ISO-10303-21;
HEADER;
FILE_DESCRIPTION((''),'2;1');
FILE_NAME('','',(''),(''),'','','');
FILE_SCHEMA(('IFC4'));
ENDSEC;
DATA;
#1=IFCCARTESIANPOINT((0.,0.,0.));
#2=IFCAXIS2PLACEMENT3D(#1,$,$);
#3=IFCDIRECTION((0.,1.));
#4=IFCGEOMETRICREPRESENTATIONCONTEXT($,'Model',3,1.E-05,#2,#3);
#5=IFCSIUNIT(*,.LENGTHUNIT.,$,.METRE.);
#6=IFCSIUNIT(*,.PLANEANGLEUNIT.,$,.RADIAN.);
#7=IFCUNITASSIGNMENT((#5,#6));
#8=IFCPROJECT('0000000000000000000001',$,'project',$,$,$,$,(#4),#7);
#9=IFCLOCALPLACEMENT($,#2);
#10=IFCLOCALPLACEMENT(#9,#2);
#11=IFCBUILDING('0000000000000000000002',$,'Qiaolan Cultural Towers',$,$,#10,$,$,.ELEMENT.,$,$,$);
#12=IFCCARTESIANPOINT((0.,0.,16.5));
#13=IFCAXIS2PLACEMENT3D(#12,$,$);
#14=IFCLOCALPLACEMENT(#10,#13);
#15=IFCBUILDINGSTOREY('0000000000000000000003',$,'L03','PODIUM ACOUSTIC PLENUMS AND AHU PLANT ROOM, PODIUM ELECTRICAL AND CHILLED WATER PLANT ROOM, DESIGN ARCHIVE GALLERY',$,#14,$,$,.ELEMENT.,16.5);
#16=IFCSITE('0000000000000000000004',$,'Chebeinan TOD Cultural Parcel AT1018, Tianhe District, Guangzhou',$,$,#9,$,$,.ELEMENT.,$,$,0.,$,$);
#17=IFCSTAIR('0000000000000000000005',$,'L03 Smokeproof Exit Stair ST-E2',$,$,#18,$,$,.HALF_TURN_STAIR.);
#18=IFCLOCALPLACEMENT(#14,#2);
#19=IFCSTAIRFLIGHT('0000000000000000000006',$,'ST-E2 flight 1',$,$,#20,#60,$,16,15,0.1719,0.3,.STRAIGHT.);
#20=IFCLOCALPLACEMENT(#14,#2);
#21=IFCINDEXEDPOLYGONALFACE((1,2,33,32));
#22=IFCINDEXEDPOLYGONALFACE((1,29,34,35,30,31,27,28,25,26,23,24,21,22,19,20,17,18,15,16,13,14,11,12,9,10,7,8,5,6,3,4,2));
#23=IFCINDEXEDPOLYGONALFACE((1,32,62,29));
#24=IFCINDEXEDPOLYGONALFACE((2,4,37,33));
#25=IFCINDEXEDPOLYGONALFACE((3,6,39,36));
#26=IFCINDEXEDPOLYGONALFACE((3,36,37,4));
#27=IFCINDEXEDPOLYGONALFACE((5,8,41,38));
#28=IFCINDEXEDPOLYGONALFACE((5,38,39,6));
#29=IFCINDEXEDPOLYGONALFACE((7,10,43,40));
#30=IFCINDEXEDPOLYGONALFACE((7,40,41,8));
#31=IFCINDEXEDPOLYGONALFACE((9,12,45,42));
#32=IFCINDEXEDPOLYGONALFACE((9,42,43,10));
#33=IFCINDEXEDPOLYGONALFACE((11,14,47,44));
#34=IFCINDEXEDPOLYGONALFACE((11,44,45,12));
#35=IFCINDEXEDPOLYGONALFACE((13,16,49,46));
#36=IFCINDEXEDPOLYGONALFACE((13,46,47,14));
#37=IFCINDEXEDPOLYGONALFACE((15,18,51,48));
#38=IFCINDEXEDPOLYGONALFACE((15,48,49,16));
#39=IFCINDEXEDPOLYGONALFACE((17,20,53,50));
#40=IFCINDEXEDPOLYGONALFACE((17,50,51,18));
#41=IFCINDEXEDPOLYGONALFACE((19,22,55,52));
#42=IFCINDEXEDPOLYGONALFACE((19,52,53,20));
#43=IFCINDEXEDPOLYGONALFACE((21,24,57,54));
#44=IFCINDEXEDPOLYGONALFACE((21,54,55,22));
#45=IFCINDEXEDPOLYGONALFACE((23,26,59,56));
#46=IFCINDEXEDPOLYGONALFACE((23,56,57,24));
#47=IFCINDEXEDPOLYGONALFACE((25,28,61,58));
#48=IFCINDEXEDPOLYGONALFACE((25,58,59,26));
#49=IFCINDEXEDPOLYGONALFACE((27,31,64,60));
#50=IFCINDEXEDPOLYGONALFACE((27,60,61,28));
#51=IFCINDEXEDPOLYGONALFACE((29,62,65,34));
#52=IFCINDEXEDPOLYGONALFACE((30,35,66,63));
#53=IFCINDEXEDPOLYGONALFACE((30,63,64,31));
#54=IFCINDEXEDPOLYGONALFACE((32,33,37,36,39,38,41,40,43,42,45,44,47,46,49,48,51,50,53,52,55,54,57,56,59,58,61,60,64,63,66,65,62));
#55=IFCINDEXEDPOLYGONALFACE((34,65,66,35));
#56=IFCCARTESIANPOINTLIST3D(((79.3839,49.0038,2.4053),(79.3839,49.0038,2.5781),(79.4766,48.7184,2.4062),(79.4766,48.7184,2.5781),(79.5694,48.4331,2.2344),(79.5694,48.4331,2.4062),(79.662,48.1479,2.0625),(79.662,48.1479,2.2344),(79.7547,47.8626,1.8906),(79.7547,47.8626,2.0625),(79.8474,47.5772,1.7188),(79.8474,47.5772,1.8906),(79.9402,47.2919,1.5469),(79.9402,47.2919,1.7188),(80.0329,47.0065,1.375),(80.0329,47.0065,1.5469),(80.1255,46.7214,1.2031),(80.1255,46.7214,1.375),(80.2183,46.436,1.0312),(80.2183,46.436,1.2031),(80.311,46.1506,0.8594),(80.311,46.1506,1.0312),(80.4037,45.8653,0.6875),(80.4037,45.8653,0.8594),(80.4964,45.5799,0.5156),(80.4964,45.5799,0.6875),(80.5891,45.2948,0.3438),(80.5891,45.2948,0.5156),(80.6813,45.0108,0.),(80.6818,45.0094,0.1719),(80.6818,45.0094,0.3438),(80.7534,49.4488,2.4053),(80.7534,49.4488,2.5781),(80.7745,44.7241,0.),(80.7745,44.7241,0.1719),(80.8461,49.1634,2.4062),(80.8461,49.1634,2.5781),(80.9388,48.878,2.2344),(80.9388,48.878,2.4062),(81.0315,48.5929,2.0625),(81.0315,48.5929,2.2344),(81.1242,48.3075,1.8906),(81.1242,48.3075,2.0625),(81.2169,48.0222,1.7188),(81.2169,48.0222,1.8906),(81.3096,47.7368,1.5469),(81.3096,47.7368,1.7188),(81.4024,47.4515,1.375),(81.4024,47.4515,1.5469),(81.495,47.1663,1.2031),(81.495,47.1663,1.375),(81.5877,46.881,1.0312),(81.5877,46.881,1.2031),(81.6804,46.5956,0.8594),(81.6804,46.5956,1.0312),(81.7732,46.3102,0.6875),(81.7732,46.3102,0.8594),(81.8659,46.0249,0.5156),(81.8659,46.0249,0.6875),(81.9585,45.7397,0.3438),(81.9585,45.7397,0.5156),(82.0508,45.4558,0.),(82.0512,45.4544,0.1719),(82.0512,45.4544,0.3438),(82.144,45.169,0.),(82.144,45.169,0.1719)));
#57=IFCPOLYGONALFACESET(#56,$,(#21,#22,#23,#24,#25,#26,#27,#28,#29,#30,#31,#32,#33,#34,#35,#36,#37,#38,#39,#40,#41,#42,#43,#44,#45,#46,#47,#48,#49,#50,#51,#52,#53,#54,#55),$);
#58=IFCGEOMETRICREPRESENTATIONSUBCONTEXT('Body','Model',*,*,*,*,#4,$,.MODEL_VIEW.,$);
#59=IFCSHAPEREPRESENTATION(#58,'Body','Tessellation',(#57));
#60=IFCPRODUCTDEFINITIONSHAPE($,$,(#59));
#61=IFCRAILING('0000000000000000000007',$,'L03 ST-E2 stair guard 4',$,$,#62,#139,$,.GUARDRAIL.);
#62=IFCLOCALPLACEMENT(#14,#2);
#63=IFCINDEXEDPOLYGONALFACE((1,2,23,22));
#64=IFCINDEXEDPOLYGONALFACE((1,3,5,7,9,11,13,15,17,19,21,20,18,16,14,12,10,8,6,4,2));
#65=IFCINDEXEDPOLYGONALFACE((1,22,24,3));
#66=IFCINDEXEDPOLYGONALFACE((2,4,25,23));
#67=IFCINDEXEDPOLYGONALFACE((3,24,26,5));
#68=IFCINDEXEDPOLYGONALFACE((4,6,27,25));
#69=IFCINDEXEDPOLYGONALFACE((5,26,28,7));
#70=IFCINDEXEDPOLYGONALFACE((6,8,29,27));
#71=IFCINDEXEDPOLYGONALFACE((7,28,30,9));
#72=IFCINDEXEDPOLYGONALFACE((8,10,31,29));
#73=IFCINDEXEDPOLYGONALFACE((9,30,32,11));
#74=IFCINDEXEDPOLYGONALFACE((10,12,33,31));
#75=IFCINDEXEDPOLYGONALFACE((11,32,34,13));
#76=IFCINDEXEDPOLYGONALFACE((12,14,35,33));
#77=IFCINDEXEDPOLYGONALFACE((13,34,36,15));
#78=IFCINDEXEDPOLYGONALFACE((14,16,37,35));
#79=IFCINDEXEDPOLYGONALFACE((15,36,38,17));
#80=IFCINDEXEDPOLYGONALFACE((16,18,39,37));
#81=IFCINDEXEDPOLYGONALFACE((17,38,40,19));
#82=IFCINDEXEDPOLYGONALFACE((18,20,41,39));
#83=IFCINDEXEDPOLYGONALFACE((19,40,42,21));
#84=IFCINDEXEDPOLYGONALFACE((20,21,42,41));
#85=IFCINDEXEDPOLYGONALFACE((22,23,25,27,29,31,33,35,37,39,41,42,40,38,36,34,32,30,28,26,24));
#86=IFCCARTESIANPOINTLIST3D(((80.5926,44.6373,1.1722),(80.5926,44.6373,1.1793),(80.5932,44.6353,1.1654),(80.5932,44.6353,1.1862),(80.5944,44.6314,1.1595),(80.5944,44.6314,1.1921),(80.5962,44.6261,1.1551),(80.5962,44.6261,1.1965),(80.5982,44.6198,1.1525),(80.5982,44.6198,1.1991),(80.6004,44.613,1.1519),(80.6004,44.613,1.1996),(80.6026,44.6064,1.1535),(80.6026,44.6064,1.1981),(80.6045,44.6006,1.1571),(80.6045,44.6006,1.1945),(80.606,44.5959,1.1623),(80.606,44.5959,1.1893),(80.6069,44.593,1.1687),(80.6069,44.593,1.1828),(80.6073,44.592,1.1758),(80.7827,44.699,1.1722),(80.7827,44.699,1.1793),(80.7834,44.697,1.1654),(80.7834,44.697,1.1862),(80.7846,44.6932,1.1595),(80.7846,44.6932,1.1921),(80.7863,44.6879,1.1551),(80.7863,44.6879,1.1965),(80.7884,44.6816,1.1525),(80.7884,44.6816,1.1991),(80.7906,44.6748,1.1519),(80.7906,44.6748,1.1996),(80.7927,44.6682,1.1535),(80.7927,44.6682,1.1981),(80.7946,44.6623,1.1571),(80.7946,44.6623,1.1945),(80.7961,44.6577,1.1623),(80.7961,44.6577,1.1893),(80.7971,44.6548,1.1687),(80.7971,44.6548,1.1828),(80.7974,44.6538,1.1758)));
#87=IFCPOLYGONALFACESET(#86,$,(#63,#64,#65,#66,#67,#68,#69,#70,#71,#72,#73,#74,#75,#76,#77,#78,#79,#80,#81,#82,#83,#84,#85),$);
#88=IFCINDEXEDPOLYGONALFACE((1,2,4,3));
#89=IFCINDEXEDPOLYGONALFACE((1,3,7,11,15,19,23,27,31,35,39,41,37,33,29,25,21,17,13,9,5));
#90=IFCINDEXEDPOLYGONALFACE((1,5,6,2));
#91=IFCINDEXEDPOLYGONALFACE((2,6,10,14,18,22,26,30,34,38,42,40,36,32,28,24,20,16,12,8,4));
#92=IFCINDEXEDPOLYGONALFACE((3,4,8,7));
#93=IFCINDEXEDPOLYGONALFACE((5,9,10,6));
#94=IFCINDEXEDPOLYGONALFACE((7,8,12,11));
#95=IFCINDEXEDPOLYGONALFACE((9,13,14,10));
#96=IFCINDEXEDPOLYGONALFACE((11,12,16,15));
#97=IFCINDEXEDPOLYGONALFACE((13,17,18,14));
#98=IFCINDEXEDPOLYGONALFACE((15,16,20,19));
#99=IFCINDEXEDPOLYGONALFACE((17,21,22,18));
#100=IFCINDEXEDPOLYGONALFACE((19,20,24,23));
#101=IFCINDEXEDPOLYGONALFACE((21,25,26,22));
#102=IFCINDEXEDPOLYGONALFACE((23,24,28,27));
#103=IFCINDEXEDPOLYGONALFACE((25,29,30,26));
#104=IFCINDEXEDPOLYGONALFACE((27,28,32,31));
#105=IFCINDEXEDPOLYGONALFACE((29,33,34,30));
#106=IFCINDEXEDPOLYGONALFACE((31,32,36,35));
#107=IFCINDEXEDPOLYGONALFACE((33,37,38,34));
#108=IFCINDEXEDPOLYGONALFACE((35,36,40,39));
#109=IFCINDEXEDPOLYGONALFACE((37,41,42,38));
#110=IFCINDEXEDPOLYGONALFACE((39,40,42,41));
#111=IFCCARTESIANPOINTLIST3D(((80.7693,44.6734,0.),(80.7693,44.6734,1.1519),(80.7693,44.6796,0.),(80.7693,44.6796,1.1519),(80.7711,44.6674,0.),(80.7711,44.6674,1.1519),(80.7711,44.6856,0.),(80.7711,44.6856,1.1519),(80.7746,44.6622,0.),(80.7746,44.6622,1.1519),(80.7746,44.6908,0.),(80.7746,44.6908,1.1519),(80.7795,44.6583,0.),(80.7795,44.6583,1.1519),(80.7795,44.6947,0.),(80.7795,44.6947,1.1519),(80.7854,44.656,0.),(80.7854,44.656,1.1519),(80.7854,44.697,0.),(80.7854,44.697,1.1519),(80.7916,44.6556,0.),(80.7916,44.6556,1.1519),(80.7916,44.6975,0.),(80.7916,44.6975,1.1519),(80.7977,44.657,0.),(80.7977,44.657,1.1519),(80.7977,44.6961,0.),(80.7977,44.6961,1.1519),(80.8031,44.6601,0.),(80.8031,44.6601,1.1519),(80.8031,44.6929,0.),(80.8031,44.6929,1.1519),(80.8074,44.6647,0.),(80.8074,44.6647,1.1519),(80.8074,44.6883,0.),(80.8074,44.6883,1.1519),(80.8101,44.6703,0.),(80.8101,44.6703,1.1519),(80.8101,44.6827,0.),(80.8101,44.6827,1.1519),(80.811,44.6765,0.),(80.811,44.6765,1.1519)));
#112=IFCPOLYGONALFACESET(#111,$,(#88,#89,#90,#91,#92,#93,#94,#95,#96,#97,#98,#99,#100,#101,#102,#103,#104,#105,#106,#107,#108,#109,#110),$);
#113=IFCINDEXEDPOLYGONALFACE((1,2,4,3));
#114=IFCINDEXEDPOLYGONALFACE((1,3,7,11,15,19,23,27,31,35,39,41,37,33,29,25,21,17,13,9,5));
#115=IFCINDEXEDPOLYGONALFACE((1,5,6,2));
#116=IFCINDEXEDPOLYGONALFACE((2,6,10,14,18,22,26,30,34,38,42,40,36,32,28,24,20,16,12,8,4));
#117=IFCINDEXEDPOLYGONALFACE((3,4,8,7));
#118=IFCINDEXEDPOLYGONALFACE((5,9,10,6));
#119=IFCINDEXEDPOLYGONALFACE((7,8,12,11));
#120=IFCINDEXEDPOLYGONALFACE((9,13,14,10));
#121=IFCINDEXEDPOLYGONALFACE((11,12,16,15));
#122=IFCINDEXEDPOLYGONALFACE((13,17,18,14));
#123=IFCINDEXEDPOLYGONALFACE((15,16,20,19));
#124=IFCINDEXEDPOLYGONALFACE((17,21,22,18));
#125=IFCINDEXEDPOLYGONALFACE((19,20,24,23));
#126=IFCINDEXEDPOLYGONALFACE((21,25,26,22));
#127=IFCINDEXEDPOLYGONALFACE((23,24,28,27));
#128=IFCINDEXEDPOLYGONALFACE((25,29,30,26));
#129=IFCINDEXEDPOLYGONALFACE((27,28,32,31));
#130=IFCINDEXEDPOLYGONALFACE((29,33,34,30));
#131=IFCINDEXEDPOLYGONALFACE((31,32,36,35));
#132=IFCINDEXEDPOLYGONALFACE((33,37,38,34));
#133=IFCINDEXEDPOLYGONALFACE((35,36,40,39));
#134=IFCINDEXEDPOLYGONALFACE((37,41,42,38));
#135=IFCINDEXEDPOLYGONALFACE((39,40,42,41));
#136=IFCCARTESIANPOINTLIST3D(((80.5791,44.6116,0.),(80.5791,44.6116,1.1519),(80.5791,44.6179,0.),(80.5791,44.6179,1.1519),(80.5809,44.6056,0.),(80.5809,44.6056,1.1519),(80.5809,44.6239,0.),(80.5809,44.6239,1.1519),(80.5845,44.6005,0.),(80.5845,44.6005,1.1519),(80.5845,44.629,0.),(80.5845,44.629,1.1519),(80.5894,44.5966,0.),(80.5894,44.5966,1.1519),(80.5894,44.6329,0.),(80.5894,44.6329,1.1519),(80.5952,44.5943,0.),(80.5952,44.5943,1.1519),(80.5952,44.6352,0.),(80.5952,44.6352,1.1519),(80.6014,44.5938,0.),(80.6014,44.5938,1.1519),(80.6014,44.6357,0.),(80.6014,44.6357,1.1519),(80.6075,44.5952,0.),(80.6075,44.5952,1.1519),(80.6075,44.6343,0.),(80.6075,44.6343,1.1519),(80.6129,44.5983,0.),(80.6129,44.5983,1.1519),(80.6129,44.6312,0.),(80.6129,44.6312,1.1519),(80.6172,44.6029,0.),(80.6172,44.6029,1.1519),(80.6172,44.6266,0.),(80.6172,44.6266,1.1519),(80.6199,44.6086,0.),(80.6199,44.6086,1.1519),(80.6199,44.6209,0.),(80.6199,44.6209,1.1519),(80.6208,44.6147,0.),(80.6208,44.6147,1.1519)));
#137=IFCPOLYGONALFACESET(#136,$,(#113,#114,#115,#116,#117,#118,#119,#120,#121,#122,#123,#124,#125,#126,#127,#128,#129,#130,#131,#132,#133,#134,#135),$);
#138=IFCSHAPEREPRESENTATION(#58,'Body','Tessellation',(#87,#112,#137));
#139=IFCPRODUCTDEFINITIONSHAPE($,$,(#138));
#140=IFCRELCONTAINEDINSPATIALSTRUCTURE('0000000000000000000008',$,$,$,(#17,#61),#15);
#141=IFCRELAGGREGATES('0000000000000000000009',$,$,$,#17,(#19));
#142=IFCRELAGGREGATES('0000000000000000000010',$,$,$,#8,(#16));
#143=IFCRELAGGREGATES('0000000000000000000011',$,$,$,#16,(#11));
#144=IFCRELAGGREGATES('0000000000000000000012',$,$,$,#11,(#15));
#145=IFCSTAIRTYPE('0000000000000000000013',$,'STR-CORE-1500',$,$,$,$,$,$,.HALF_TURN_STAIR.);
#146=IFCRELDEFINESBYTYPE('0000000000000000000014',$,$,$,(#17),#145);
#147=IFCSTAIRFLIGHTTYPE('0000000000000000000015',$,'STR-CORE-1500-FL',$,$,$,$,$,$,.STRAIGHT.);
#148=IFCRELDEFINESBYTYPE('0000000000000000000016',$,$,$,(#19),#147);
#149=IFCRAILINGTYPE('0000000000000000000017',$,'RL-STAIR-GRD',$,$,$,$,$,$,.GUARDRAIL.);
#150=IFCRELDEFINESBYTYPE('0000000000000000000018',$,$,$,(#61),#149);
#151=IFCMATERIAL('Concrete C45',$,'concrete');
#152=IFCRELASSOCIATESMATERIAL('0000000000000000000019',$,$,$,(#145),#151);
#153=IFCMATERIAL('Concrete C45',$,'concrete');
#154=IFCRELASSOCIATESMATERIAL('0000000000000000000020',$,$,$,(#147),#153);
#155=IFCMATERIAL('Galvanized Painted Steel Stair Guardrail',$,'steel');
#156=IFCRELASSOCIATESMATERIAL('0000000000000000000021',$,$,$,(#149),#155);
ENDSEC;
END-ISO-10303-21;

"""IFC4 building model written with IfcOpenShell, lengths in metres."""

from ifc_helpers import new_model, si_unit, direction, frame, origin, origin_2d, place, context, subcontext, project, spatial, polyline, circle, outline, extrude, material, type_object, element, aggregate, save


model = new_model("IFC4")

# Units and contexts
model_context = context("Model", 3, precision=1e-05, world=origin(), true_north=direction((0.0, 1.0)))
body_context = subcontext(model_context, "Body", "Model", "MODEL_VIEW")
ifc_project = project(units=[si_unit("LENGTHUNIT", "METRE"), si_unit("PLANEANGLEUNIT", "RADIAN")], contexts=[model_context])

# Site, building, storey
site_placement = place(None, origin())
site = spatial("IfcSite", under=ifc_project, at=site_placement, Name="Chebeinan TOD Cultural Parcel AT1018, Tianhe District, Guangzhou", CompositionType="ELEMENT", RefElevation=0.0)
building_placement = place(site_placement, origin())
building = spatial("IfcBuilding", under=site, at=building_placement, Name="Qiaolan Cultural Towers", CompositionType="ELEMENT")
storey_placement = place(building_placement, frame((0.0, 0.0, 16.5)))
storey = spatial("IfcBuildingStorey", under=building, at=storey_placement, Name="L03", Description="PODIUM ACOUSTIC PLENUMS AND AHU PLANT ROOM, PODIUM ELECTRICAL AND CHILLED WATER PLANT ROOM, DESIGN ARCHIVE GALLERY", CompositionType="ELEMENT", Elevation=16.5)

# Stair, stair flight
ifc_material_1 = material(Name="Concrete C45", Category="concrete")
stair_type = type_object("IfcStairType", Name="STR-CORE-1500", PredefinedType="HALF_TURN_STAIR", material=ifc_material_1)
stair_placement = place(storey_placement, origin())
stair = element("IfcStair", 1, at=stair_placement, inside=storey, type_object=stair_type, Name="L03 Smokeproof Exit Stair ST-E2", PredefinedType="HALF_TURN_STAIR")
ifc_material_2 = material(Name="Concrete C45", Category="concrete")
stair_flight_type = type_object("IfcStairFlightType", Name="STR-CORE-1500-FL", PredefinedType="STRAIGHT", material=ifc_material_2)
stair_flight_placement = place(storey_placement, frame((81.4592, 44.9465, 0.0), z_axis=(0.0, 0.0, 1.0), x_axis=(-0.309017, 0.951057, 0.0)))
stair_flight = element("IfcStairFlight", 2, at=stair_flight_placement, type_object=stair_flight_type, Name="ST-E2 flight 1", NumberOfRisers=16, NumberOfTreads=15, PredefinedType="STRAIGHT", RiserHeight=0.1719, TreadLength=0.3, context=body_context, shape_type="SweptSolid", body=[
    extrude(outline(polyline([(0.0, 0.0), (0.0, 0.1719), (0.3, 0.1719), (0.3, 0.3438), (0.6001, 0.3438), (0.6001, 0.5156), (0.8999, 0.5156), (0.8999, 0.6875), (1.2, 0.6875), (1.2, 0.8594), (1.5, 0.8594), (1.5, 1.0312), (1.8, 1.0312), (1.8, 1.2031), (2.1001, 1.2031), (2.1001, 1.375), (2.3999, 1.375), (2.3999, 1.5469), (2.7, 1.5469), (2.7, 1.7188), (3.0, 1.7188), (3.0, 1.8906), (3.3, 1.8906), (3.3, 2.0625), (3.6001, 2.0625), (3.6001, 2.2344), (3.8999, 2.2344), (3.8999, 2.4062), (4.2, 2.4062), (4.2, 2.5781), (4.5, 2.5781), (4.5, 2.75), (4.5, 2.4053), (0.3015, 0.0), (0.0, 0.0)])), frame((0.0, 0.72, 0.0), z_axis=(0.0, -1.0, 0.0), x_axis=(1.0, 0.0, 0.0)), (0.0, 0.0, 1.0), 1.4399),
])
aggregate(stair, [stair_flight])

# Railing
ifc_material_3 = material(Name="Galvanized Painted Steel Stair Guardrail", Category="steel")
railing_type_1 = type_object("IfcRailingType", Name="RL-STAIR-GRD", PredefinedType="GUARDRAIL", material=ifc_material_3)
railing_1_placement = place(storey_placement, frame((80.79, 44.6765, 0.0)))
element("IfcRailing", 3, at=railing_1_placement, inside=storey, type_object=railing_type_1, Name="L03 ST-E2 stair guard 4", PredefinedType="GUARDRAIL", context=body_context, shape_type="SweptSolid", body=[
    extrude(circle(Radius=0.0239, at=origin_2d()), frame((0.0, 0.0, 1.1758), z_axis=(-0.951097, -0.308893, 0.0), x_axis=(0.308893, -0.951097, 0.0)), (0.0, 0.0, 1.0), 0.2),
    extrude(circle(Radius=0.021, at=origin_2d()), origin(), (0.0, 0.0, 1.0), 1.1519),
    extrude(circle(Radius=0.021, at=origin_2d()), frame((-0.1902, -0.0618, 0.0)), (0.0, 0.0, 1.0), 1.1519),
])

save(model, "model.ifc")
